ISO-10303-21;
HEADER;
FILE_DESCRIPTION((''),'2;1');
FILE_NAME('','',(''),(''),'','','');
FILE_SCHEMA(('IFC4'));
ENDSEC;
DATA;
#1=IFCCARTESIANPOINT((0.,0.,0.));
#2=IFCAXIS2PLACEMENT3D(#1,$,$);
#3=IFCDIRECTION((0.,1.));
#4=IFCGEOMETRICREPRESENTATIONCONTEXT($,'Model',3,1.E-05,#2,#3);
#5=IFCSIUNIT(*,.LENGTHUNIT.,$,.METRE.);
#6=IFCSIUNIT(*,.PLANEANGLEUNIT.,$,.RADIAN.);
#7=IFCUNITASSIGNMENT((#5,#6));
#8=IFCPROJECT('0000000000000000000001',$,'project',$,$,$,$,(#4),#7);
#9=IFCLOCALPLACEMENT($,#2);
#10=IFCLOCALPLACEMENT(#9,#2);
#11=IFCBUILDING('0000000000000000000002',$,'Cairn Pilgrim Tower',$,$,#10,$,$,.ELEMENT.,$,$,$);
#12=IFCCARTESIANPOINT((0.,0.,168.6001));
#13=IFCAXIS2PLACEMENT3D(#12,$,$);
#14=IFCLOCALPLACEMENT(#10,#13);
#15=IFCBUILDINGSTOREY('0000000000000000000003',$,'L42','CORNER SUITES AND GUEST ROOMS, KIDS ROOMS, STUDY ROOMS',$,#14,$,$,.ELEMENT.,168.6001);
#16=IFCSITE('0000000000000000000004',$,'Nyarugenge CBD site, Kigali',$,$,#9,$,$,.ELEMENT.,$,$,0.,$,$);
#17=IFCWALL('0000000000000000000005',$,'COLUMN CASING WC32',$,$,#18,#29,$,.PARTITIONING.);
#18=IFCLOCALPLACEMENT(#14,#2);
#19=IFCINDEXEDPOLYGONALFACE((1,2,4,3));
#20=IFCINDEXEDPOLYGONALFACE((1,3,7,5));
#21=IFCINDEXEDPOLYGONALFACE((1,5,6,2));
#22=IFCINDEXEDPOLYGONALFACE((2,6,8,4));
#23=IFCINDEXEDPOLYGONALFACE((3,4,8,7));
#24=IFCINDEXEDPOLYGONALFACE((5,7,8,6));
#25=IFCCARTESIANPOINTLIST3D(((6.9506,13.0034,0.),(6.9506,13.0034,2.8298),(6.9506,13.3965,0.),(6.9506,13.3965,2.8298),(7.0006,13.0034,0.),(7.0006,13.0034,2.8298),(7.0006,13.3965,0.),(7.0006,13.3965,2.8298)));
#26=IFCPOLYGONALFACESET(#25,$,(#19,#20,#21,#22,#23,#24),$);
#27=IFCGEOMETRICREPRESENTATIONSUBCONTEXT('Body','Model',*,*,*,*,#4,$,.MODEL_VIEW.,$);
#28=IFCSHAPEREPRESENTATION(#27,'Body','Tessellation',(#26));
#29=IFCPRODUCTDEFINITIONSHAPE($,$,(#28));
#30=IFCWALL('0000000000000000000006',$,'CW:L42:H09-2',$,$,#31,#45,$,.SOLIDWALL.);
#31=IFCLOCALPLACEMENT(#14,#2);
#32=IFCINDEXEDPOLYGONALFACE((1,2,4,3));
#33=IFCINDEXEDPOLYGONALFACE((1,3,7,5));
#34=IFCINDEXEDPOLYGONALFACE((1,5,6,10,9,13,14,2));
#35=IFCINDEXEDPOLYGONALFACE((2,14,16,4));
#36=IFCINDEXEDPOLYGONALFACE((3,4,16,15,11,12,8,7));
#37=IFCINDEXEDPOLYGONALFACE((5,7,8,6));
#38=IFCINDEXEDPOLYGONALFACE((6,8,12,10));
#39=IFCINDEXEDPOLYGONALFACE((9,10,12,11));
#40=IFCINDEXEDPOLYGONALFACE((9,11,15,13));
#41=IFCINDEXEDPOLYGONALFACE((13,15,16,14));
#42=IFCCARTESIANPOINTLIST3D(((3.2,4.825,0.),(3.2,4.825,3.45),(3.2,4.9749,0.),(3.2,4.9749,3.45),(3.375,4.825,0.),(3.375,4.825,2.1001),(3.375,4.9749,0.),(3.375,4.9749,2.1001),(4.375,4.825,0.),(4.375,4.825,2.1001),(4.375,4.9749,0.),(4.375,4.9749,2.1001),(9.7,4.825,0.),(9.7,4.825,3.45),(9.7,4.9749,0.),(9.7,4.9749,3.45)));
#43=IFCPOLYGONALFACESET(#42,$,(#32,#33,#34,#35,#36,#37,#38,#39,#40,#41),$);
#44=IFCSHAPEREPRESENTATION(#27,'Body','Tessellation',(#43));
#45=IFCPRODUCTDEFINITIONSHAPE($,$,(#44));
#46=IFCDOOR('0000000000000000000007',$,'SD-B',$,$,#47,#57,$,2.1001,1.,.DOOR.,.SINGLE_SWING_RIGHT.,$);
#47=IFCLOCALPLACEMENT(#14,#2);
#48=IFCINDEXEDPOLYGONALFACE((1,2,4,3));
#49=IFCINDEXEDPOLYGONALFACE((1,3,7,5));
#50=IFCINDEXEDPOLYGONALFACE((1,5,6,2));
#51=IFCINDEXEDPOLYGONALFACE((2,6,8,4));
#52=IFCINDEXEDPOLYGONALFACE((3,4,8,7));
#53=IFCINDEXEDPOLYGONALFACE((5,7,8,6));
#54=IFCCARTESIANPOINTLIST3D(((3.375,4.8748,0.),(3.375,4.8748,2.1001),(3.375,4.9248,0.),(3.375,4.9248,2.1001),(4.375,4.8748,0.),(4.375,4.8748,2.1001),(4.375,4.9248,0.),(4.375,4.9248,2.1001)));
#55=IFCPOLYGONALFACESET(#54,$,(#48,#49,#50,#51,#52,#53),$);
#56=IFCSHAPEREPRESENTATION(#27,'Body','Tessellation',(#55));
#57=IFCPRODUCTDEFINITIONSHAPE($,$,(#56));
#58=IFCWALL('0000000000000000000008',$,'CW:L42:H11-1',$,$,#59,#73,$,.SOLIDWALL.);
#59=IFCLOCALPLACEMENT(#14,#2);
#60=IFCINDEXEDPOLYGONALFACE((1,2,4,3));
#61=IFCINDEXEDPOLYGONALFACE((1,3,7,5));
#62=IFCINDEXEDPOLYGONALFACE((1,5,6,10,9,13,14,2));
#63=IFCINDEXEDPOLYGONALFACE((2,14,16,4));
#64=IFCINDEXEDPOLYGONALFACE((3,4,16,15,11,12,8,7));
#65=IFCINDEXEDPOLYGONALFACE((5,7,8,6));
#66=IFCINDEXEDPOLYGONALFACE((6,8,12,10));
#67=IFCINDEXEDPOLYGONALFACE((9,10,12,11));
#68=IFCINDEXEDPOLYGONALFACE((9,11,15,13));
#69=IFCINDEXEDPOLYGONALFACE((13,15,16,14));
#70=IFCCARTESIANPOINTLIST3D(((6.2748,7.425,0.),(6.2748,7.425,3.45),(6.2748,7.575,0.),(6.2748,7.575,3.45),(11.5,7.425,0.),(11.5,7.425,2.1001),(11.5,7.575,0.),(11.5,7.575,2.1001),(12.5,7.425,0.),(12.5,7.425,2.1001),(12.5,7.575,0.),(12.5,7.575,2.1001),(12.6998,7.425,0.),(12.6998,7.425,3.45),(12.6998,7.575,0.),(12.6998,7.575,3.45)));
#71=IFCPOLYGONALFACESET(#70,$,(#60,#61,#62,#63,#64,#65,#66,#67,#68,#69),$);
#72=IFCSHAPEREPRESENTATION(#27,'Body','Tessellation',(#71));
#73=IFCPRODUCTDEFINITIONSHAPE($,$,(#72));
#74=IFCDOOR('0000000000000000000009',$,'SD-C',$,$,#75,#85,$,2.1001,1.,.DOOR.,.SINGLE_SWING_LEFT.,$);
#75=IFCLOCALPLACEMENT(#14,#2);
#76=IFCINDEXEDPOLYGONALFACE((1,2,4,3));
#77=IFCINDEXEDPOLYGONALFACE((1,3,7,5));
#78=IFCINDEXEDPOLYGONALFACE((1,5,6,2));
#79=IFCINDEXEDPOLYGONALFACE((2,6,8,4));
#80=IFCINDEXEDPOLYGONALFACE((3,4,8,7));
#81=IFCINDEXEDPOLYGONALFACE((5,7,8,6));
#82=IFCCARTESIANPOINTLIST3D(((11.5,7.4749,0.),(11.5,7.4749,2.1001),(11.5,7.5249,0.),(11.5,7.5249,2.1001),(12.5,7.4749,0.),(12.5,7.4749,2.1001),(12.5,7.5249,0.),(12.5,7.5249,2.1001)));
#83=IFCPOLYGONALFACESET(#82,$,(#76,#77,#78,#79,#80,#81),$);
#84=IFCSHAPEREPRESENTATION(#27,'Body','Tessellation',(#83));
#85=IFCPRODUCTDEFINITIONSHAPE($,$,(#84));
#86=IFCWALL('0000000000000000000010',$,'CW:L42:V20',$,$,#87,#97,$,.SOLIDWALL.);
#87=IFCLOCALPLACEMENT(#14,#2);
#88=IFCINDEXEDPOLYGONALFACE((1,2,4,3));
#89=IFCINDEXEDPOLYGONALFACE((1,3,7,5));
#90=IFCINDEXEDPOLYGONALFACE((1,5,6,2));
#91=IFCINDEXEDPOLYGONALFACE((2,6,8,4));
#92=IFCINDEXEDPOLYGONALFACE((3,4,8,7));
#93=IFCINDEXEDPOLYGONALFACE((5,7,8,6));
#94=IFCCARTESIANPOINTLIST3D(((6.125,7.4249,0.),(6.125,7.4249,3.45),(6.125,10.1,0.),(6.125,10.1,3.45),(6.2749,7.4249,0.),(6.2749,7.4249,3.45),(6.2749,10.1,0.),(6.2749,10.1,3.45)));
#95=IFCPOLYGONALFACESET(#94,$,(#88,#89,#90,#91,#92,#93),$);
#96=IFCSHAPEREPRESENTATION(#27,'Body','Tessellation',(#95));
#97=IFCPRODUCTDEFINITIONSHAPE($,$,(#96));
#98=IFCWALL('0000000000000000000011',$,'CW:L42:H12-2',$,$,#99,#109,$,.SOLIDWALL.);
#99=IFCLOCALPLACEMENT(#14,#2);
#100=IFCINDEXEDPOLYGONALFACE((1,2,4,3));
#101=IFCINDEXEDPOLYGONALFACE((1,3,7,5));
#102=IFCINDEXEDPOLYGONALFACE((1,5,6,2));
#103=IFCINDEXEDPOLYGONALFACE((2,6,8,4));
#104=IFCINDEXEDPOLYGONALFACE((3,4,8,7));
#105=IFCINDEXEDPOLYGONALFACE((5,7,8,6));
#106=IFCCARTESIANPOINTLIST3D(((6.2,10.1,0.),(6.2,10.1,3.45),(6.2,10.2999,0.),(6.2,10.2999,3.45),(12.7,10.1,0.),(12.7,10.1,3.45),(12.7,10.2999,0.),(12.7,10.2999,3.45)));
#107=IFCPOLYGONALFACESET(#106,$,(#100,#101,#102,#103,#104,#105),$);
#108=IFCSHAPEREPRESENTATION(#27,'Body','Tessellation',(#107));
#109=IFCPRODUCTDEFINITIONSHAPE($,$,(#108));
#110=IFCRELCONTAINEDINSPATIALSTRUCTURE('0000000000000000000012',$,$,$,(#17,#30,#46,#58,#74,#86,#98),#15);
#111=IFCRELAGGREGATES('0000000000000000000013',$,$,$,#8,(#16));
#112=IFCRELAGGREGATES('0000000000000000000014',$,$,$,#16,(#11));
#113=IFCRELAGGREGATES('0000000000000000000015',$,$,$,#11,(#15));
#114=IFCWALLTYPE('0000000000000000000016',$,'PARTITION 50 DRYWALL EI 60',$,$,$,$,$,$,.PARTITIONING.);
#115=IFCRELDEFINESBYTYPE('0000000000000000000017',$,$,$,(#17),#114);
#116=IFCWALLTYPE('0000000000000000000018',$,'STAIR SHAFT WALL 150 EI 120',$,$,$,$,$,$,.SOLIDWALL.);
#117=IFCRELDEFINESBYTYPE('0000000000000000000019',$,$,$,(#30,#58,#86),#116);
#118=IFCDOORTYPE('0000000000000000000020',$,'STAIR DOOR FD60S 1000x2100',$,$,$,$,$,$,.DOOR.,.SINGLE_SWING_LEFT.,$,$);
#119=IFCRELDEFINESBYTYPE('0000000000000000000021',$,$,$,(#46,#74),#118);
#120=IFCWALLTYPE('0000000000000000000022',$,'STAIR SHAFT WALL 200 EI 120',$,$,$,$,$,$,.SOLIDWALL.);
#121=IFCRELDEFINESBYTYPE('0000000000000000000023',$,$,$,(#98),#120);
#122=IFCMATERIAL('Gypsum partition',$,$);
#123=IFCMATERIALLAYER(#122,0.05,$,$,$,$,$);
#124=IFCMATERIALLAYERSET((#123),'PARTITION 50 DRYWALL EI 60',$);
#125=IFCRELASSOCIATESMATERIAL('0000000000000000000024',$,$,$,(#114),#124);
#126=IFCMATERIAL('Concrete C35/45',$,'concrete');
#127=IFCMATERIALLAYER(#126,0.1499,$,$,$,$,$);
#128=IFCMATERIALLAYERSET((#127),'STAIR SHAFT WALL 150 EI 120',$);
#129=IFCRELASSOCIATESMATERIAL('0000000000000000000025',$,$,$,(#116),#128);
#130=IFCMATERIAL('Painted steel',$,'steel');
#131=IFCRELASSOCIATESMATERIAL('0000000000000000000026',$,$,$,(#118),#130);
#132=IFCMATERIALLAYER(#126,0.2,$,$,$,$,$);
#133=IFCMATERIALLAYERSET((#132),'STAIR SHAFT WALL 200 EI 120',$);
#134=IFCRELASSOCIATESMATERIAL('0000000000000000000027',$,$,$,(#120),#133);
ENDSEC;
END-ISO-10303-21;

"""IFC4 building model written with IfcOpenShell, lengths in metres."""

from ifc_helpers import new_model, si_unit, direction, frame, frame_2d, origin, place, context, subcontext, project, spatial, rectangle, extrude, material, layer, layer_set, type_object, element, fill, save


model = new_model("IFC4")

# Units and contexts
model_context = context("Model", 3, precision=1e-05, world=origin(), true_north=direction((0.0, 1.0)))
body_context = subcontext(model_context, "Body", "Model", "MODEL_VIEW")
ifc_project = project(units=[si_unit("LENGTHUNIT", "METRE"), si_unit("PLANEANGLEUNIT", "RADIAN")], contexts=[model_context])

# Site, building, storey
site_placement = place(None, origin())
site = spatial("IfcSite", under=ifc_project, at=site_placement, Name="Nyarugenge CBD site, Kigali", CompositionType="ELEMENT", RefElevation=0.0)
building_placement = place(site_placement, origin())
building = spatial("IfcBuilding", under=site, at=building_placement, Name="Cairn Pilgrim Tower", CompositionType="ELEMENT")
storey_placement = place(building_placement, frame((0.0, 0.0, 168.6001)))
storey = spatial("IfcBuildingStorey", under=building, at=storey_placement, Name="L42", Description="CORNER SUITES AND GUEST ROOMS, KIDS ROOMS, STUDY ROOMS", CompositionType="ELEMENT", Elevation=168.6001)

# Wall
ifc_material_1 = material(Name="Gypsum partition")
ifc_layer_1 = layer(ifc_material_1, 0.05)
ifc_layer_set_1 = layer_set([ifc_layer_1], Name="PARTITION 50 DRYWALL EI 60")
wall_type_1 = type_object("IfcWallType", Name="PARTITION 50 DRYWALL EI 60", PredefinedType="PARTITIONING", material=ifc_layer_set_1)
wall_1_placement = place(storey_placement, frame((6.9756, 13.0034, 0.0), z_axis=(0.0, 0.0, 1.0), x_axis=(0.0, 1.0, 0.0)))
element("IfcWall", 1, at=wall_1_placement, inside=storey, type_object=wall_type_1, Name="COLUMN CASING WC32", PredefinedType="PARTITIONING", context=body_context, shape_type="SweptSolid", body=[
    extrude(rectangle(XDim=0.3931, YDim=0.05, at=frame_2d((0.1965, 0.0))), origin(), (0.0, 0.0, 1.0), 2.8298),
])

# Walls, openings, doors
ifc_material_2 = material(Name="Concrete C35/45", Category="concrete")
ifc_layer_2 = layer(ifc_material_2, 0.1499)
ifc_layer_set_2 = layer_set([ifc_layer_2], Name="STAIR SHAFT WALL 150 EI 120")
wall_type_2 = type_object("IfcWallType", Name="STAIR SHAFT WALL 150 EI 120", PredefinedType="SOLIDWALL", material=ifc_layer_set_2)
wall_2_placement = place(storey_placement, frame((3.2, 4.8999, 0.0), z_axis=(0.0, 0.0, 1.0), x_axis=(1.0, 0.0, 0.0)))
wall_2 = element("IfcWall", 2, at=wall_2_placement, inside=storey, type_object=wall_type_2, Name="CW:L42:H09-2", PredefinedType="SOLIDWALL", context=body_context, shape_type="SweptSolid", body=[
    extrude(rectangle(XDim=6.5, YDim=0.1499, at=frame_2d((3.25, 0.0))), origin(), (0.0, 0.0, 1.0), 3.45),
])
opening_1_placement = place(wall_2_placement, frame((0.175, 0.0, 0.0)))
opening_1 = element("IfcOpeningElement", 3, at=opening_1_placement, cuts=wall_2, PredefinedType="OPENING", context=body_context, shape_type="SweptSolid", body=[
    extrude(rectangle(XDim=1.0, YDim=2.1001, at=frame_2d((0.5, 1.05))), frame((0.0, 0.085, 0.0), z_axis=(0.0, -1.0, 0.0), x_axis=(1.0, 0.0, 0.0)), (0.0, 0.0, 1.0), 0.1699),
])
ifc_material_3 = material(Name="Painted steel", Category="steel")
door_type_1 = type_object("IfcDoorType", Name="STAIR DOOR FD60S 1000x2100", OperationType="SINGLE_SWING_LEFT", PredefinedType="DOOR", material=ifc_material_3)
door_1_placement = place(opening_1_placement, origin())
door_1 = element("IfcDoor", 4, at=door_1_placement, inside=storey, type_object=door_type_1, Name="SD-B", OperationType="SINGLE_SWING_RIGHT", OverallHeight=2.1001, OverallWidth=1.0, PredefinedType="DOOR", context=body_context, shape_type="SweptSolid", body=[
    extrude(rectangle(XDim=1.0, YDim=2.1001, at=frame_2d((0.5, 1.05))), frame((0.0, 0.0249, 0.0), z_axis=(0.0, -1.0, 0.0), x_axis=(1.0, 0.0, 0.0)), (0.0, 0.0, 1.0), 0.05),
])
fill(opening_1, door_1)
wall_3_placement = place(storey_placement, frame((6.2749, 7.5, 0.0), z_axis=(0.0, 0.0, 1.0), x_axis=(1.0, 0.0, 0.0)))
wall_3 = element("IfcWall", 5, at=wall_3_placement, inside=storey, type_object=wall_type_2, Name="CW:L42:H11-1", PredefinedType="SOLIDWALL", context=body_context, shape_type="SweptSolid", body=[
    extrude(rectangle(XDim=6.425, YDim=0.1499, at=frame_2d((3.2124, 0.0))), origin(), (0.0, 0.0, 1.0), 3.45),
])
opening_2_placement = place(wall_3_placement, frame((5.2251, 0.0, 0.0)))
opening_2 = element("IfcOpeningElement", 6, at=opening_2_placement, cuts=wall_3, PredefinedType="OPENING", context=body_context, shape_type="SweptSolid", body=[
    extrude(rectangle(XDim=1.0, YDim=2.1001, at=frame_2d((0.5, 1.05))), frame((0.0, 0.085, 0.0), z_axis=(0.0, -1.0, 0.0), x_axis=(1.0, 0.0, 0.0)), (0.0, 0.0, 1.0), 0.1699),
])
door_2_placement = place(opening_2_placement, origin())
door_2 = element("IfcDoor", 7, at=door_2_placement, inside=storey, type_object=door_type_1, Name="SD-C", OperationType="SINGLE_SWING_LEFT", OverallHeight=2.1001, OverallWidth=1.0, PredefinedType="DOOR", context=body_context, shape_type="SweptSolid", body=[
    extrude(rectangle(XDim=1.0, YDim=2.1001, at=frame_2d((0.5, 1.05))), frame((0.0, 0.0249, 0.0), z_axis=(0.0, -1.0, 0.0), x_axis=(1.0, 0.0, 0.0)), (0.0, 0.0, 1.0), 0.05),
])
fill(opening_2, door_2)

# Walls
wall_4_placement = place(storey_placement, frame((6.2, 7.425, 0.0), z_axis=(0.0, 0.0, 1.0), x_axis=(0.0, 1.0, 0.0)))
element("IfcWall", 8, at=wall_4_placement, inside=storey, type_object=wall_type_2, Name="CW:L42:V20", PredefinedType="SOLIDWALL", context=body_context, shape_type="SweptSolid", body=[
    extrude(rectangle(XDim=2.675, YDim=0.1499, at=frame_2d((1.3374, 0.0))), origin(), (0.0, 0.0, 1.0), 3.45),
])
ifc_layer_3 = layer(ifc_material_2, 0.2)
ifc_layer_set_3 = layer_set([ifc_layer_3], Name="STAIR SHAFT WALL 200 EI 120")
wall_type_3 = type_object("IfcWallType", Name="STAIR SHAFT WALL 200 EI 120", PredefinedType="SOLIDWALL", material=ifc_layer_set_3)
wall_5_placement = place(storey_placement, frame((6.2, 10.2, 0.0), z_axis=(0.0, 0.0, 1.0), x_axis=(1.0, 0.0, 0.0)))
element("IfcWall", 9, at=wall_5_placement, inside=storey, type_object=wall_type_3, Name="CW:L42:H12-2", PredefinedType="SOLIDWALL", context=body_context, shape_type="SweptSolid", body=[
    extrude(rectangle(XDim=6.5, YDim=0.2, at=frame_2d((3.25, 0.0))), origin(), (0.0, 0.0, 1.0), 3.45),
])

save(model, "model.ifc")
